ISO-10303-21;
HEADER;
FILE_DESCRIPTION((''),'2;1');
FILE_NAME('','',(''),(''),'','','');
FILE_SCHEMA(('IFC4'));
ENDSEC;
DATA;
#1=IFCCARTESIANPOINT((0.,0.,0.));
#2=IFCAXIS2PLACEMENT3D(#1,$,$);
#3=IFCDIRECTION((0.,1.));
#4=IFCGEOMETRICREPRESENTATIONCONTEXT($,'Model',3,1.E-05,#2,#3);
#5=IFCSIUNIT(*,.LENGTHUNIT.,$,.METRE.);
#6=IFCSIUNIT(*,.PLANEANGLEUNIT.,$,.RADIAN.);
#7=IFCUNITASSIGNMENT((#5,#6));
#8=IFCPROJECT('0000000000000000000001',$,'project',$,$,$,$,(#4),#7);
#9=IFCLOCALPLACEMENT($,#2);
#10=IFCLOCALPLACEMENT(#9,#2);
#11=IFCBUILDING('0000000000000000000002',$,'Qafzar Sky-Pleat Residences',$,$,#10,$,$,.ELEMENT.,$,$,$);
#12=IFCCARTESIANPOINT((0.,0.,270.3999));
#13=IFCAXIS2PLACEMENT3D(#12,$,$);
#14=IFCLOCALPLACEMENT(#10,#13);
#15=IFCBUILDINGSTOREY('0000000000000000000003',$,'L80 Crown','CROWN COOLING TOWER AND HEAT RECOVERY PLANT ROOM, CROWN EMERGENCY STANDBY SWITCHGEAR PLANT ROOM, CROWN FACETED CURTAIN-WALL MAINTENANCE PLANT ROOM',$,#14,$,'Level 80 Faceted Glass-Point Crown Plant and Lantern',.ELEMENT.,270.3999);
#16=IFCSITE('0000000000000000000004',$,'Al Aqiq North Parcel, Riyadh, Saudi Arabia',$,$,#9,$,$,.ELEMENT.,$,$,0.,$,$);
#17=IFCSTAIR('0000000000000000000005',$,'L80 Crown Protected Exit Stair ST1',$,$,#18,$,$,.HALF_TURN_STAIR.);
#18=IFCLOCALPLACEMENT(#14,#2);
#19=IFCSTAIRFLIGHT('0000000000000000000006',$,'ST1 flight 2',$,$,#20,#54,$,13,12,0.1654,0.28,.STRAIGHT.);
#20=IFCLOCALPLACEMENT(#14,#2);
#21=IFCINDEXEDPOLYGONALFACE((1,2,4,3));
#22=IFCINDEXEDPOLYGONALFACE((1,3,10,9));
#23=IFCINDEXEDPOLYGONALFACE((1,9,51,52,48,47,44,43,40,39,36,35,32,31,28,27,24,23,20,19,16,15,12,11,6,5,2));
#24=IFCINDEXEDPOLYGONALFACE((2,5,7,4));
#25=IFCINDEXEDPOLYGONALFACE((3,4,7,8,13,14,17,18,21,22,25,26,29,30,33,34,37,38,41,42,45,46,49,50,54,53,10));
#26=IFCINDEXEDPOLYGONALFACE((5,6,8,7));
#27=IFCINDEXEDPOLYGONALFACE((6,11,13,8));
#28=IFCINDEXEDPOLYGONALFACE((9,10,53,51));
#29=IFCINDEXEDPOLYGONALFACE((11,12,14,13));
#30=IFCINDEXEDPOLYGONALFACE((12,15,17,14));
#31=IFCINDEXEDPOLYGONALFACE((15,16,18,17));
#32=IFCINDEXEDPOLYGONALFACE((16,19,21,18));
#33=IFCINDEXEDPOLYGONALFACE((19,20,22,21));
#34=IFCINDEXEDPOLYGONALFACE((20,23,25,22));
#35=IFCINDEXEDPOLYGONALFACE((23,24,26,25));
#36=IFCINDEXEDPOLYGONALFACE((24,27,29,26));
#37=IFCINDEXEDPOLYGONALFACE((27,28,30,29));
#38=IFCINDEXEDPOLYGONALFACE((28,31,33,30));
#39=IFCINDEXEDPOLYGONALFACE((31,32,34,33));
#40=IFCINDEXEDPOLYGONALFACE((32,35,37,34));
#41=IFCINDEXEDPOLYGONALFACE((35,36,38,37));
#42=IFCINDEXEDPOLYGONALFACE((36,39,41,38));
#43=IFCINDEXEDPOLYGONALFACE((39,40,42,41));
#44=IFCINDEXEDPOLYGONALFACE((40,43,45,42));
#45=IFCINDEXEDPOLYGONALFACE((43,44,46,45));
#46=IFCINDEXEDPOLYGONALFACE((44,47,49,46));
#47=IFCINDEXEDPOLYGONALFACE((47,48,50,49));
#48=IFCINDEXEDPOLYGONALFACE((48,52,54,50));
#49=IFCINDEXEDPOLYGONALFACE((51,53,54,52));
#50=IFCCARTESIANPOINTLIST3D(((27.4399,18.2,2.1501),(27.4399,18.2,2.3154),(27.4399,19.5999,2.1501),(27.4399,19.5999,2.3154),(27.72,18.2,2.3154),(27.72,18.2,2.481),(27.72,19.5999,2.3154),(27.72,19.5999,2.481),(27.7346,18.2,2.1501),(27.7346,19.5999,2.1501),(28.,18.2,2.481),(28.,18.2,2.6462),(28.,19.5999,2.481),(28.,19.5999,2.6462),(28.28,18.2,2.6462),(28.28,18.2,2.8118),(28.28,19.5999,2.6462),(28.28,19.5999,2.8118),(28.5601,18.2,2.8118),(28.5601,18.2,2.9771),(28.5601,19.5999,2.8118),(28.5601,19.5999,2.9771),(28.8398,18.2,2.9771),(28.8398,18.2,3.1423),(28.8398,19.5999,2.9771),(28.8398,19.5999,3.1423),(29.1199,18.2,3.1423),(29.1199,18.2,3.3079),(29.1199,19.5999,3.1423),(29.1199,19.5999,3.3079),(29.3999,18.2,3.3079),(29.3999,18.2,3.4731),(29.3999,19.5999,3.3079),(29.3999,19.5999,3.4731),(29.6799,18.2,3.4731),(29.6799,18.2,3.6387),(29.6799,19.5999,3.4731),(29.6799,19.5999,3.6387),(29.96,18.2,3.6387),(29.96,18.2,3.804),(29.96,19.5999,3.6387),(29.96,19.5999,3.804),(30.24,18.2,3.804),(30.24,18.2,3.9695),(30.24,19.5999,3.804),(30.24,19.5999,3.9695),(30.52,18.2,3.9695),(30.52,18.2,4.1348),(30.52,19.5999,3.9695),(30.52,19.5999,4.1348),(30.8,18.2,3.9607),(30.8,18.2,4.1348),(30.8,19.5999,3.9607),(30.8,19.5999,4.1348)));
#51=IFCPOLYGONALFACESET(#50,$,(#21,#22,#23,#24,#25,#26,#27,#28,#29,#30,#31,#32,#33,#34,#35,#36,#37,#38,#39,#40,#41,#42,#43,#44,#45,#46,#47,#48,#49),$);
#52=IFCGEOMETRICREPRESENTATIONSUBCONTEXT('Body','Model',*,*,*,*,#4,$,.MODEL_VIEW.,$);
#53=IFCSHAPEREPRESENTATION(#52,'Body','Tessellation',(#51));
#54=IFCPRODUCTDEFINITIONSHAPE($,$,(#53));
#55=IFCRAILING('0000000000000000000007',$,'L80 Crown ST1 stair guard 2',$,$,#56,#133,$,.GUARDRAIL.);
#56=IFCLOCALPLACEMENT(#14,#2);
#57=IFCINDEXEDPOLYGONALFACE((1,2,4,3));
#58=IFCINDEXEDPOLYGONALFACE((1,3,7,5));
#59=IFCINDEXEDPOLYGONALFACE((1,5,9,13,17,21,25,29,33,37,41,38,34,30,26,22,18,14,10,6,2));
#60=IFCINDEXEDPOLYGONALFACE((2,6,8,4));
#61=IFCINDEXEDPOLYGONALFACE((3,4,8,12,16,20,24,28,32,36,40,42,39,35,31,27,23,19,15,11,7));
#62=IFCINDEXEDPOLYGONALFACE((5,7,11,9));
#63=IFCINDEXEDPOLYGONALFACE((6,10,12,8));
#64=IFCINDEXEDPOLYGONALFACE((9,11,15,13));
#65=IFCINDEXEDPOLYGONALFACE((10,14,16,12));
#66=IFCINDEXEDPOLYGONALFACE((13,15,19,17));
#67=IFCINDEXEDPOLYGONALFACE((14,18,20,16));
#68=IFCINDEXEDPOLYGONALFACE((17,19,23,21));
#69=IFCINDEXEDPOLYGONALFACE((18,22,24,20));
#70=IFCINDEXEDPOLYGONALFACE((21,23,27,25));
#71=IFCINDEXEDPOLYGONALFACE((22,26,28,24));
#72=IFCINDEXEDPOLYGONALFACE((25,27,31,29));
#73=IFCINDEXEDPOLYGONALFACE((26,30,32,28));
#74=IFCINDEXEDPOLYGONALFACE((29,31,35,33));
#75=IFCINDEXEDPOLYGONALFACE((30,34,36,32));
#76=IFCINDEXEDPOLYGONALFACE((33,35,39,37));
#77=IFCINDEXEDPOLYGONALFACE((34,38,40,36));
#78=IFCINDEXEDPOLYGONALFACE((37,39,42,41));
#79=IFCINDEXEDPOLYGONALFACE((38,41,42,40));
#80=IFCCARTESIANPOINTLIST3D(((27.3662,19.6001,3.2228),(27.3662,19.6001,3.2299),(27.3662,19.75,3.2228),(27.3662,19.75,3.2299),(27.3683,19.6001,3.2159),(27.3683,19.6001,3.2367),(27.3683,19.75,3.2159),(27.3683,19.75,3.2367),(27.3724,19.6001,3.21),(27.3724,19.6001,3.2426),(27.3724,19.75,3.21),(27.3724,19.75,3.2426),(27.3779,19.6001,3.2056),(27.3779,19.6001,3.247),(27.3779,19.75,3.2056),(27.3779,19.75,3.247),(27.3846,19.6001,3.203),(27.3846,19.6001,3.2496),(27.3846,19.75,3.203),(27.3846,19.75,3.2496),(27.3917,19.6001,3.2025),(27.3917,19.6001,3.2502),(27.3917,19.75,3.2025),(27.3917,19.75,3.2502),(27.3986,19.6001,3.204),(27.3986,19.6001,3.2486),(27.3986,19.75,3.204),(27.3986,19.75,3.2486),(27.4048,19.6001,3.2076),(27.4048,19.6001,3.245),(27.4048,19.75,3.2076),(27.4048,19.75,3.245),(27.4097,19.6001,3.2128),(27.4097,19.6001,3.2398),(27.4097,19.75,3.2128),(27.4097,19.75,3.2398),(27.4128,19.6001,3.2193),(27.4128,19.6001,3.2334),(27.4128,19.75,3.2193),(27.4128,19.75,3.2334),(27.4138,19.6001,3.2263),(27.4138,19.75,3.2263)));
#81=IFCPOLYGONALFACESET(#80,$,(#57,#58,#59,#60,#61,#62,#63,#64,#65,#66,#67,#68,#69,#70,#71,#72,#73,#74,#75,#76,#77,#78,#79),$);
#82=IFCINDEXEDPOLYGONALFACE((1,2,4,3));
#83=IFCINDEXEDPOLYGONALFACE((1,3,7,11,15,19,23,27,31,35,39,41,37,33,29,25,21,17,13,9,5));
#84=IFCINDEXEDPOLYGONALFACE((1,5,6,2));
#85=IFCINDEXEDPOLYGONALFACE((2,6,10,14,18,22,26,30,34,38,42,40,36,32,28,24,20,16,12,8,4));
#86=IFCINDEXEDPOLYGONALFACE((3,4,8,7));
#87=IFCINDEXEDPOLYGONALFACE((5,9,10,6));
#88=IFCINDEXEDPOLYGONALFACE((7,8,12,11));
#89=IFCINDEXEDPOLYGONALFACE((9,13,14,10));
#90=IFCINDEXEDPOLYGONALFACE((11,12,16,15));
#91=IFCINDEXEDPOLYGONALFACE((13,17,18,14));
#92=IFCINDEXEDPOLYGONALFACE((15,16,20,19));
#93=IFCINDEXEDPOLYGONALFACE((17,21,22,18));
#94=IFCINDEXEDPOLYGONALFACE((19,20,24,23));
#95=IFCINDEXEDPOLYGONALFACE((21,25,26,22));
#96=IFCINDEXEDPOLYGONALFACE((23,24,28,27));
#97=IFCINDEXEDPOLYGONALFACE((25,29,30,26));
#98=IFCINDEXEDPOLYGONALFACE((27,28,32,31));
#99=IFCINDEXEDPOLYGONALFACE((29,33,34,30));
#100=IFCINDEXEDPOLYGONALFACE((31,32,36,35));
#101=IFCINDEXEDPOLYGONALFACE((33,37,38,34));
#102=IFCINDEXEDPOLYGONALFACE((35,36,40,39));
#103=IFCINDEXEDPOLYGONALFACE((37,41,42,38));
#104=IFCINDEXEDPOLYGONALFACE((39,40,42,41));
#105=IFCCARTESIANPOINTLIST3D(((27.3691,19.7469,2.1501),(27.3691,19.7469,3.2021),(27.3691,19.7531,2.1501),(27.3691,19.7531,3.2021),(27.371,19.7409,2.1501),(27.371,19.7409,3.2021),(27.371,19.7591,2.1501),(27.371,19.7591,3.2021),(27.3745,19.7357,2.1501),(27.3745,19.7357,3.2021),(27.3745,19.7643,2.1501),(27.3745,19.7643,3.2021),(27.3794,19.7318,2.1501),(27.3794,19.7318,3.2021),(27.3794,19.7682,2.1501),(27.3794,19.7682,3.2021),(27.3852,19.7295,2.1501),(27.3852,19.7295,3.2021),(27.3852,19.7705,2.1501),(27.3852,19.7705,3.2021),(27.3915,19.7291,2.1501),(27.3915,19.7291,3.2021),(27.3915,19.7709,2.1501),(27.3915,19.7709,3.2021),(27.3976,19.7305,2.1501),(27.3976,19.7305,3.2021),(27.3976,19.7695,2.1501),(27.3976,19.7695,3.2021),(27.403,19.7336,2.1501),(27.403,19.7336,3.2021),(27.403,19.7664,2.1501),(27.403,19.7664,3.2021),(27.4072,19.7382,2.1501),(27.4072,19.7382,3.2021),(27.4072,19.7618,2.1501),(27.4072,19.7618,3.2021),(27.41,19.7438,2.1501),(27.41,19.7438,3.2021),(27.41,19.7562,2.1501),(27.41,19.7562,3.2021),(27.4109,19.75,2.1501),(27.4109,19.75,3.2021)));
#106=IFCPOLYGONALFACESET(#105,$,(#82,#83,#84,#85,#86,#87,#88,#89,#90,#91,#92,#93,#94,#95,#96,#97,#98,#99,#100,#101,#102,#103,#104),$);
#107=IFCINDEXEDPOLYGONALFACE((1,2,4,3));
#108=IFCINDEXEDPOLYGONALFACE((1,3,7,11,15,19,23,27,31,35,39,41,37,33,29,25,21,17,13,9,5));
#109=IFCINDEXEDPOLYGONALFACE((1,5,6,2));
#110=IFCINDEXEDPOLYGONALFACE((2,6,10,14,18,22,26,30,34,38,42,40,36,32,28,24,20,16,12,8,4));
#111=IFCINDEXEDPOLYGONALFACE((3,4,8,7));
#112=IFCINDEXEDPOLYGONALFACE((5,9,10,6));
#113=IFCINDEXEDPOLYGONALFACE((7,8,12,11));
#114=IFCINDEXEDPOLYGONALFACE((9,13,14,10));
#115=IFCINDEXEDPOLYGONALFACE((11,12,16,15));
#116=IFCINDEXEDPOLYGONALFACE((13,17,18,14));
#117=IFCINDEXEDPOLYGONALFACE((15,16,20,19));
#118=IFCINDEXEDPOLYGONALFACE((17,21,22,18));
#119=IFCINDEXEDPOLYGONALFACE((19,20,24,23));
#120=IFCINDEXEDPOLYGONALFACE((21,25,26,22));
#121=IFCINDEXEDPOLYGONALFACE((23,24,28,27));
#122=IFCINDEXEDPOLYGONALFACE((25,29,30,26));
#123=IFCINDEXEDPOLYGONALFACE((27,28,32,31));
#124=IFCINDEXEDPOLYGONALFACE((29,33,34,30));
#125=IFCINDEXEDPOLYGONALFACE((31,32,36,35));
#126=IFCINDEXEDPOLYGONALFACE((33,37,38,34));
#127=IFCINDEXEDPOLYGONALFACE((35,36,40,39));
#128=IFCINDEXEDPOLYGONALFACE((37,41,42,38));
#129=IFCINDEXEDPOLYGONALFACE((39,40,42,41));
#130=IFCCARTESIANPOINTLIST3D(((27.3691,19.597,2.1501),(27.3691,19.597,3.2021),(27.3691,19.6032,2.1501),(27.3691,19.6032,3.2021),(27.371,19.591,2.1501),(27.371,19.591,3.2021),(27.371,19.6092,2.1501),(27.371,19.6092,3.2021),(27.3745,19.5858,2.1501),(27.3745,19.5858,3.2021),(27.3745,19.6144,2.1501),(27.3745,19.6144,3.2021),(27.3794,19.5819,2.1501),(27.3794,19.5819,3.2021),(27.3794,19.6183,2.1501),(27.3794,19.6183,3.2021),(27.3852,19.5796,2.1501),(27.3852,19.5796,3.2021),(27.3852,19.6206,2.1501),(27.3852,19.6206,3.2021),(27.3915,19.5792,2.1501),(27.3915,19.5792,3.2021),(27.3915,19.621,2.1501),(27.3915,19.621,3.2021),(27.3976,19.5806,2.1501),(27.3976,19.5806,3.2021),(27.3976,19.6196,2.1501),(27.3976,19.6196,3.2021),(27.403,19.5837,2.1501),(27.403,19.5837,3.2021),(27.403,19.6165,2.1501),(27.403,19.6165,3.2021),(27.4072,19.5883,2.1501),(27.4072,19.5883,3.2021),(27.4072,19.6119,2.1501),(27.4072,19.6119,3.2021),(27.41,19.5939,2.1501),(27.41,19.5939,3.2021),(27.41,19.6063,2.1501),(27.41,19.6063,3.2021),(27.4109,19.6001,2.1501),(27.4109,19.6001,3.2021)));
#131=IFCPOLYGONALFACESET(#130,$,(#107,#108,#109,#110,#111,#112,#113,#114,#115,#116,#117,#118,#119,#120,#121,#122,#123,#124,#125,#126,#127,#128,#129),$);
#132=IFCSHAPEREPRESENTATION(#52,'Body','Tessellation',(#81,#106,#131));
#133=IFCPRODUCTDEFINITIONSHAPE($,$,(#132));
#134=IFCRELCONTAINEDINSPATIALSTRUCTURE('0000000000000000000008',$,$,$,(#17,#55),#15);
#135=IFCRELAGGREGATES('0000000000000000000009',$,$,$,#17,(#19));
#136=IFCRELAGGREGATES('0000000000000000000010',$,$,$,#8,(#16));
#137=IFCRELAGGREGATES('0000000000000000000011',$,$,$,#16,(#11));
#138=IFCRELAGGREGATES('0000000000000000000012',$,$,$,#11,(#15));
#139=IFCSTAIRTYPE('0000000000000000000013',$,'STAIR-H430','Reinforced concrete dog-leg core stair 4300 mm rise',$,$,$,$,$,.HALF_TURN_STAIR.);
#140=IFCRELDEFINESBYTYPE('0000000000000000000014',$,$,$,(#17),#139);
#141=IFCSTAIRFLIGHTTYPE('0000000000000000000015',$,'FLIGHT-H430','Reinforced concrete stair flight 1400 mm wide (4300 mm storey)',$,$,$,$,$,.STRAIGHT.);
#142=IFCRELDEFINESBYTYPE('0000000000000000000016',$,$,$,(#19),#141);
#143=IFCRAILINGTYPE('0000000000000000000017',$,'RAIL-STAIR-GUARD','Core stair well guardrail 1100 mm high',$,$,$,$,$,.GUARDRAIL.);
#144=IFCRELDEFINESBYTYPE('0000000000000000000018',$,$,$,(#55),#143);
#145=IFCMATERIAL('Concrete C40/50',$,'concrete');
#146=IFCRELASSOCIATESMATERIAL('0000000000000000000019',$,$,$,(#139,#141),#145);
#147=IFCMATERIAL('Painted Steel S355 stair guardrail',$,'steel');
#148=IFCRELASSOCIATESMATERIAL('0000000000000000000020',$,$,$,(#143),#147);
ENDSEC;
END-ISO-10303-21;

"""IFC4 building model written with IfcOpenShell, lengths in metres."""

from ifc_helpers import new_model, si_unit, direction, frame, origin, origin_2d, place, context, subcontext, project, spatial, polyline, circle, outline, extrude, source, transform, mapped, material, type_object, element, aggregate, save


model = new_model("IFC4")

# Units and contexts
model_context = context("Model", 3, precision=1e-05, world=origin(), true_north=direction((0.0, 1.0)))
body_context = subcontext(model_context, "Body", "Model", "MODEL_VIEW")
ifc_project = project(units=[si_unit("LENGTHUNIT", "METRE"), si_unit("PLANEANGLEUNIT", "RADIAN")], contexts=[model_context])

# Site, building, storey
site_placement = place(None, origin())
site = spatial("IfcSite", under=ifc_project, at=site_placement, Name="Al Aqiq North Parcel, Riyadh, Saudi Arabia", CompositionType="ELEMENT", RefElevation=0.0)
building_placement = place(site_placement, origin())
building = spatial("IfcBuilding", under=site, at=building_placement, Name="Qafzar Sky-Pleat Residences", CompositionType="ELEMENT")
storey_placement = place(building_placement, frame((0.0, 0.0, 270.3999)))
storey = spatial("IfcBuildingStorey", under=building, at=storey_placement, Name="L80 Crown", Description="CROWN COOLING TOWER AND HEAT RECOVERY PLANT ROOM, CROWN EMERGENCY STANDBY SWITCHGEAR PLANT ROOM, CROWN FACETED CURTAIN-WALL MAINTENANCE PLANT ROOM", LongName="Level 80 Faceted Glass-Point Crown Plant and Lantern", CompositionType="ELEMENT", Elevation=270.3999)

# Stair, stair flight
ifc_material_1 = material(Name="Concrete C40/50", Category="concrete")
stair_type = type_object("IfcStairType", Name="STAIR-H430", Description="Reinforced concrete dog-leg core stair 4300 mm rise", PredefinedType="HALF_TURN_STAIR", material=ifc_material_1)
stair_placement = place(storey_placement, origin())
stair = element("IfcStair", 1, at=stair_placement, inside=storey, type_object=stair_type, Name="L80 Crown Protected Exit Stair ST1", PredefinedType="HALF_TURN_STAIR")
stair_flight_type = type_object("IfcStairFlightType", Name="FLIGHT-H430", Description="Reinforced concrete stair flight 1400 mm wide (4300 mm storey)", PredefinedType="STRAIGHT", material=ifc_material_1)
shared_shape_1 = source(origin(), body_context, "Body", "SweptSolid", [
    extrude(outline(polyline([(0.0, 0.0), (0.0, 0.1653), (0.28, 0.1653), (0.28, 0.3308), (0.5601, 0.3308), (0.5601, 0.4961), (0.8401, 0.4961), (0.8401, 0.6616), (1.1201, 0.6616), (1.1201, 0.8269), (1.3999, 0.8269), (1.3999, 0.9922), (1.6799, 0.9922), (1.6799, 1.1577), (1.96, 1.1577), (1.96, 1.323), (2.24, 1.323), (2.24, 1.4885), (2.52, 1.4885), (2.52, 1.6538), (2.8, 1.6538), (2.8, 1.8193), (3.0801, 1.8193), (3.0801, 1.9846), (3.3601, 1.9846), (3.3601, 2.1499), (3.3601, 1.8105), (0.2947, 0.0), (0.0, 0.0)])), frame((0.0, 0.7, 0.0), z_axis=(0.0, -1.0, 0.0), x_axis=(1.0, 0.0, 0.0)), (0.0, 0.0, 1.0), 1.3999),
])
stair_flight_placement = place(storey_placement, frame((27.4399, 18.8999, 2.1501), z_axis=(0.0, 0.0, 1.0), x_axis=(1.0, 0.0, 0.0)))
stair_flight = element("IfcStairFlight", 2, at=stair_flight_placement, type_object=stair_flight_type, Name="ST1 flight 2", NumberOfRisers=13, NumberOfTreads=12, PredefinedType="STRAIGHT", RiserHeight=0.1654, TreadLength=0.28, context=body_context, shape_type="MappedRepresentation", body=[
    mapped(shared_shape_1, transform((0.0, 0.0, 0.0), x_axis=(1.0, 0.0, 0.0), y_axis=(0.0, 1.0, 0.0), z_axis=(0.0, 0.0, 1.0), scale=1.0)),
])
aggregate(stair, [stair_flight])

# Railing
ifc_material_2 = material(Name="Painted Steel S355 stair guardrail", Category="steel")
railing_type_1 = type_object("IfcRailingType", Name="RAIL-STAIR-GUARD", Description="Core stair well guardrail 1100 mm high", PredefinedType="GUARDRAIL", material=ifc_material_2)
shared_shape_2 = source(origin(), body_context, "Body", "SweptSolid", [
    extrude(circle(Radius=0.0239, at=origin_2d()), frame((0.0, 0.0, 1.0762), z_axis=(0.0, -1.0, 0.0), x_axis=(1.0, 0.0, 0.0)), (0.0, 0.0, 1.0), 0.1499),
    extrude(circle(Radius=0.021, at=origin_2d()), origin(), (0.0, 0.0, 1.0), 1.052),
    extrude(circle(Radius=0.021, at=origin_2d()), frame((0.0, -0.1499, 0.0)), (0.0, 0.0, 1.0), 1.052),
])
railing_1_placement = place(storey_placement, frame((27.3899, 19.75, 2.1501)))
element("IfcRailing", 3, at=railing_1_placement, inside=storey, type_object=railing_type_1, Name="L80 Crown ST1 stair guard 2", PredefinedType="GUARDRAIL", context=body_context, shape_type="MappedRepresentation", body=[
    mapped(shared_shape_2, transform((0.0, 0.0, 0.0), x_axis=(1.0, 0.0, 0.0), y_axis=(0.0, 1.0, 0.0), z_axis=(0.0, 0.0, 1.0), scale=1.0)),
])

save(model, "model.ifc")
